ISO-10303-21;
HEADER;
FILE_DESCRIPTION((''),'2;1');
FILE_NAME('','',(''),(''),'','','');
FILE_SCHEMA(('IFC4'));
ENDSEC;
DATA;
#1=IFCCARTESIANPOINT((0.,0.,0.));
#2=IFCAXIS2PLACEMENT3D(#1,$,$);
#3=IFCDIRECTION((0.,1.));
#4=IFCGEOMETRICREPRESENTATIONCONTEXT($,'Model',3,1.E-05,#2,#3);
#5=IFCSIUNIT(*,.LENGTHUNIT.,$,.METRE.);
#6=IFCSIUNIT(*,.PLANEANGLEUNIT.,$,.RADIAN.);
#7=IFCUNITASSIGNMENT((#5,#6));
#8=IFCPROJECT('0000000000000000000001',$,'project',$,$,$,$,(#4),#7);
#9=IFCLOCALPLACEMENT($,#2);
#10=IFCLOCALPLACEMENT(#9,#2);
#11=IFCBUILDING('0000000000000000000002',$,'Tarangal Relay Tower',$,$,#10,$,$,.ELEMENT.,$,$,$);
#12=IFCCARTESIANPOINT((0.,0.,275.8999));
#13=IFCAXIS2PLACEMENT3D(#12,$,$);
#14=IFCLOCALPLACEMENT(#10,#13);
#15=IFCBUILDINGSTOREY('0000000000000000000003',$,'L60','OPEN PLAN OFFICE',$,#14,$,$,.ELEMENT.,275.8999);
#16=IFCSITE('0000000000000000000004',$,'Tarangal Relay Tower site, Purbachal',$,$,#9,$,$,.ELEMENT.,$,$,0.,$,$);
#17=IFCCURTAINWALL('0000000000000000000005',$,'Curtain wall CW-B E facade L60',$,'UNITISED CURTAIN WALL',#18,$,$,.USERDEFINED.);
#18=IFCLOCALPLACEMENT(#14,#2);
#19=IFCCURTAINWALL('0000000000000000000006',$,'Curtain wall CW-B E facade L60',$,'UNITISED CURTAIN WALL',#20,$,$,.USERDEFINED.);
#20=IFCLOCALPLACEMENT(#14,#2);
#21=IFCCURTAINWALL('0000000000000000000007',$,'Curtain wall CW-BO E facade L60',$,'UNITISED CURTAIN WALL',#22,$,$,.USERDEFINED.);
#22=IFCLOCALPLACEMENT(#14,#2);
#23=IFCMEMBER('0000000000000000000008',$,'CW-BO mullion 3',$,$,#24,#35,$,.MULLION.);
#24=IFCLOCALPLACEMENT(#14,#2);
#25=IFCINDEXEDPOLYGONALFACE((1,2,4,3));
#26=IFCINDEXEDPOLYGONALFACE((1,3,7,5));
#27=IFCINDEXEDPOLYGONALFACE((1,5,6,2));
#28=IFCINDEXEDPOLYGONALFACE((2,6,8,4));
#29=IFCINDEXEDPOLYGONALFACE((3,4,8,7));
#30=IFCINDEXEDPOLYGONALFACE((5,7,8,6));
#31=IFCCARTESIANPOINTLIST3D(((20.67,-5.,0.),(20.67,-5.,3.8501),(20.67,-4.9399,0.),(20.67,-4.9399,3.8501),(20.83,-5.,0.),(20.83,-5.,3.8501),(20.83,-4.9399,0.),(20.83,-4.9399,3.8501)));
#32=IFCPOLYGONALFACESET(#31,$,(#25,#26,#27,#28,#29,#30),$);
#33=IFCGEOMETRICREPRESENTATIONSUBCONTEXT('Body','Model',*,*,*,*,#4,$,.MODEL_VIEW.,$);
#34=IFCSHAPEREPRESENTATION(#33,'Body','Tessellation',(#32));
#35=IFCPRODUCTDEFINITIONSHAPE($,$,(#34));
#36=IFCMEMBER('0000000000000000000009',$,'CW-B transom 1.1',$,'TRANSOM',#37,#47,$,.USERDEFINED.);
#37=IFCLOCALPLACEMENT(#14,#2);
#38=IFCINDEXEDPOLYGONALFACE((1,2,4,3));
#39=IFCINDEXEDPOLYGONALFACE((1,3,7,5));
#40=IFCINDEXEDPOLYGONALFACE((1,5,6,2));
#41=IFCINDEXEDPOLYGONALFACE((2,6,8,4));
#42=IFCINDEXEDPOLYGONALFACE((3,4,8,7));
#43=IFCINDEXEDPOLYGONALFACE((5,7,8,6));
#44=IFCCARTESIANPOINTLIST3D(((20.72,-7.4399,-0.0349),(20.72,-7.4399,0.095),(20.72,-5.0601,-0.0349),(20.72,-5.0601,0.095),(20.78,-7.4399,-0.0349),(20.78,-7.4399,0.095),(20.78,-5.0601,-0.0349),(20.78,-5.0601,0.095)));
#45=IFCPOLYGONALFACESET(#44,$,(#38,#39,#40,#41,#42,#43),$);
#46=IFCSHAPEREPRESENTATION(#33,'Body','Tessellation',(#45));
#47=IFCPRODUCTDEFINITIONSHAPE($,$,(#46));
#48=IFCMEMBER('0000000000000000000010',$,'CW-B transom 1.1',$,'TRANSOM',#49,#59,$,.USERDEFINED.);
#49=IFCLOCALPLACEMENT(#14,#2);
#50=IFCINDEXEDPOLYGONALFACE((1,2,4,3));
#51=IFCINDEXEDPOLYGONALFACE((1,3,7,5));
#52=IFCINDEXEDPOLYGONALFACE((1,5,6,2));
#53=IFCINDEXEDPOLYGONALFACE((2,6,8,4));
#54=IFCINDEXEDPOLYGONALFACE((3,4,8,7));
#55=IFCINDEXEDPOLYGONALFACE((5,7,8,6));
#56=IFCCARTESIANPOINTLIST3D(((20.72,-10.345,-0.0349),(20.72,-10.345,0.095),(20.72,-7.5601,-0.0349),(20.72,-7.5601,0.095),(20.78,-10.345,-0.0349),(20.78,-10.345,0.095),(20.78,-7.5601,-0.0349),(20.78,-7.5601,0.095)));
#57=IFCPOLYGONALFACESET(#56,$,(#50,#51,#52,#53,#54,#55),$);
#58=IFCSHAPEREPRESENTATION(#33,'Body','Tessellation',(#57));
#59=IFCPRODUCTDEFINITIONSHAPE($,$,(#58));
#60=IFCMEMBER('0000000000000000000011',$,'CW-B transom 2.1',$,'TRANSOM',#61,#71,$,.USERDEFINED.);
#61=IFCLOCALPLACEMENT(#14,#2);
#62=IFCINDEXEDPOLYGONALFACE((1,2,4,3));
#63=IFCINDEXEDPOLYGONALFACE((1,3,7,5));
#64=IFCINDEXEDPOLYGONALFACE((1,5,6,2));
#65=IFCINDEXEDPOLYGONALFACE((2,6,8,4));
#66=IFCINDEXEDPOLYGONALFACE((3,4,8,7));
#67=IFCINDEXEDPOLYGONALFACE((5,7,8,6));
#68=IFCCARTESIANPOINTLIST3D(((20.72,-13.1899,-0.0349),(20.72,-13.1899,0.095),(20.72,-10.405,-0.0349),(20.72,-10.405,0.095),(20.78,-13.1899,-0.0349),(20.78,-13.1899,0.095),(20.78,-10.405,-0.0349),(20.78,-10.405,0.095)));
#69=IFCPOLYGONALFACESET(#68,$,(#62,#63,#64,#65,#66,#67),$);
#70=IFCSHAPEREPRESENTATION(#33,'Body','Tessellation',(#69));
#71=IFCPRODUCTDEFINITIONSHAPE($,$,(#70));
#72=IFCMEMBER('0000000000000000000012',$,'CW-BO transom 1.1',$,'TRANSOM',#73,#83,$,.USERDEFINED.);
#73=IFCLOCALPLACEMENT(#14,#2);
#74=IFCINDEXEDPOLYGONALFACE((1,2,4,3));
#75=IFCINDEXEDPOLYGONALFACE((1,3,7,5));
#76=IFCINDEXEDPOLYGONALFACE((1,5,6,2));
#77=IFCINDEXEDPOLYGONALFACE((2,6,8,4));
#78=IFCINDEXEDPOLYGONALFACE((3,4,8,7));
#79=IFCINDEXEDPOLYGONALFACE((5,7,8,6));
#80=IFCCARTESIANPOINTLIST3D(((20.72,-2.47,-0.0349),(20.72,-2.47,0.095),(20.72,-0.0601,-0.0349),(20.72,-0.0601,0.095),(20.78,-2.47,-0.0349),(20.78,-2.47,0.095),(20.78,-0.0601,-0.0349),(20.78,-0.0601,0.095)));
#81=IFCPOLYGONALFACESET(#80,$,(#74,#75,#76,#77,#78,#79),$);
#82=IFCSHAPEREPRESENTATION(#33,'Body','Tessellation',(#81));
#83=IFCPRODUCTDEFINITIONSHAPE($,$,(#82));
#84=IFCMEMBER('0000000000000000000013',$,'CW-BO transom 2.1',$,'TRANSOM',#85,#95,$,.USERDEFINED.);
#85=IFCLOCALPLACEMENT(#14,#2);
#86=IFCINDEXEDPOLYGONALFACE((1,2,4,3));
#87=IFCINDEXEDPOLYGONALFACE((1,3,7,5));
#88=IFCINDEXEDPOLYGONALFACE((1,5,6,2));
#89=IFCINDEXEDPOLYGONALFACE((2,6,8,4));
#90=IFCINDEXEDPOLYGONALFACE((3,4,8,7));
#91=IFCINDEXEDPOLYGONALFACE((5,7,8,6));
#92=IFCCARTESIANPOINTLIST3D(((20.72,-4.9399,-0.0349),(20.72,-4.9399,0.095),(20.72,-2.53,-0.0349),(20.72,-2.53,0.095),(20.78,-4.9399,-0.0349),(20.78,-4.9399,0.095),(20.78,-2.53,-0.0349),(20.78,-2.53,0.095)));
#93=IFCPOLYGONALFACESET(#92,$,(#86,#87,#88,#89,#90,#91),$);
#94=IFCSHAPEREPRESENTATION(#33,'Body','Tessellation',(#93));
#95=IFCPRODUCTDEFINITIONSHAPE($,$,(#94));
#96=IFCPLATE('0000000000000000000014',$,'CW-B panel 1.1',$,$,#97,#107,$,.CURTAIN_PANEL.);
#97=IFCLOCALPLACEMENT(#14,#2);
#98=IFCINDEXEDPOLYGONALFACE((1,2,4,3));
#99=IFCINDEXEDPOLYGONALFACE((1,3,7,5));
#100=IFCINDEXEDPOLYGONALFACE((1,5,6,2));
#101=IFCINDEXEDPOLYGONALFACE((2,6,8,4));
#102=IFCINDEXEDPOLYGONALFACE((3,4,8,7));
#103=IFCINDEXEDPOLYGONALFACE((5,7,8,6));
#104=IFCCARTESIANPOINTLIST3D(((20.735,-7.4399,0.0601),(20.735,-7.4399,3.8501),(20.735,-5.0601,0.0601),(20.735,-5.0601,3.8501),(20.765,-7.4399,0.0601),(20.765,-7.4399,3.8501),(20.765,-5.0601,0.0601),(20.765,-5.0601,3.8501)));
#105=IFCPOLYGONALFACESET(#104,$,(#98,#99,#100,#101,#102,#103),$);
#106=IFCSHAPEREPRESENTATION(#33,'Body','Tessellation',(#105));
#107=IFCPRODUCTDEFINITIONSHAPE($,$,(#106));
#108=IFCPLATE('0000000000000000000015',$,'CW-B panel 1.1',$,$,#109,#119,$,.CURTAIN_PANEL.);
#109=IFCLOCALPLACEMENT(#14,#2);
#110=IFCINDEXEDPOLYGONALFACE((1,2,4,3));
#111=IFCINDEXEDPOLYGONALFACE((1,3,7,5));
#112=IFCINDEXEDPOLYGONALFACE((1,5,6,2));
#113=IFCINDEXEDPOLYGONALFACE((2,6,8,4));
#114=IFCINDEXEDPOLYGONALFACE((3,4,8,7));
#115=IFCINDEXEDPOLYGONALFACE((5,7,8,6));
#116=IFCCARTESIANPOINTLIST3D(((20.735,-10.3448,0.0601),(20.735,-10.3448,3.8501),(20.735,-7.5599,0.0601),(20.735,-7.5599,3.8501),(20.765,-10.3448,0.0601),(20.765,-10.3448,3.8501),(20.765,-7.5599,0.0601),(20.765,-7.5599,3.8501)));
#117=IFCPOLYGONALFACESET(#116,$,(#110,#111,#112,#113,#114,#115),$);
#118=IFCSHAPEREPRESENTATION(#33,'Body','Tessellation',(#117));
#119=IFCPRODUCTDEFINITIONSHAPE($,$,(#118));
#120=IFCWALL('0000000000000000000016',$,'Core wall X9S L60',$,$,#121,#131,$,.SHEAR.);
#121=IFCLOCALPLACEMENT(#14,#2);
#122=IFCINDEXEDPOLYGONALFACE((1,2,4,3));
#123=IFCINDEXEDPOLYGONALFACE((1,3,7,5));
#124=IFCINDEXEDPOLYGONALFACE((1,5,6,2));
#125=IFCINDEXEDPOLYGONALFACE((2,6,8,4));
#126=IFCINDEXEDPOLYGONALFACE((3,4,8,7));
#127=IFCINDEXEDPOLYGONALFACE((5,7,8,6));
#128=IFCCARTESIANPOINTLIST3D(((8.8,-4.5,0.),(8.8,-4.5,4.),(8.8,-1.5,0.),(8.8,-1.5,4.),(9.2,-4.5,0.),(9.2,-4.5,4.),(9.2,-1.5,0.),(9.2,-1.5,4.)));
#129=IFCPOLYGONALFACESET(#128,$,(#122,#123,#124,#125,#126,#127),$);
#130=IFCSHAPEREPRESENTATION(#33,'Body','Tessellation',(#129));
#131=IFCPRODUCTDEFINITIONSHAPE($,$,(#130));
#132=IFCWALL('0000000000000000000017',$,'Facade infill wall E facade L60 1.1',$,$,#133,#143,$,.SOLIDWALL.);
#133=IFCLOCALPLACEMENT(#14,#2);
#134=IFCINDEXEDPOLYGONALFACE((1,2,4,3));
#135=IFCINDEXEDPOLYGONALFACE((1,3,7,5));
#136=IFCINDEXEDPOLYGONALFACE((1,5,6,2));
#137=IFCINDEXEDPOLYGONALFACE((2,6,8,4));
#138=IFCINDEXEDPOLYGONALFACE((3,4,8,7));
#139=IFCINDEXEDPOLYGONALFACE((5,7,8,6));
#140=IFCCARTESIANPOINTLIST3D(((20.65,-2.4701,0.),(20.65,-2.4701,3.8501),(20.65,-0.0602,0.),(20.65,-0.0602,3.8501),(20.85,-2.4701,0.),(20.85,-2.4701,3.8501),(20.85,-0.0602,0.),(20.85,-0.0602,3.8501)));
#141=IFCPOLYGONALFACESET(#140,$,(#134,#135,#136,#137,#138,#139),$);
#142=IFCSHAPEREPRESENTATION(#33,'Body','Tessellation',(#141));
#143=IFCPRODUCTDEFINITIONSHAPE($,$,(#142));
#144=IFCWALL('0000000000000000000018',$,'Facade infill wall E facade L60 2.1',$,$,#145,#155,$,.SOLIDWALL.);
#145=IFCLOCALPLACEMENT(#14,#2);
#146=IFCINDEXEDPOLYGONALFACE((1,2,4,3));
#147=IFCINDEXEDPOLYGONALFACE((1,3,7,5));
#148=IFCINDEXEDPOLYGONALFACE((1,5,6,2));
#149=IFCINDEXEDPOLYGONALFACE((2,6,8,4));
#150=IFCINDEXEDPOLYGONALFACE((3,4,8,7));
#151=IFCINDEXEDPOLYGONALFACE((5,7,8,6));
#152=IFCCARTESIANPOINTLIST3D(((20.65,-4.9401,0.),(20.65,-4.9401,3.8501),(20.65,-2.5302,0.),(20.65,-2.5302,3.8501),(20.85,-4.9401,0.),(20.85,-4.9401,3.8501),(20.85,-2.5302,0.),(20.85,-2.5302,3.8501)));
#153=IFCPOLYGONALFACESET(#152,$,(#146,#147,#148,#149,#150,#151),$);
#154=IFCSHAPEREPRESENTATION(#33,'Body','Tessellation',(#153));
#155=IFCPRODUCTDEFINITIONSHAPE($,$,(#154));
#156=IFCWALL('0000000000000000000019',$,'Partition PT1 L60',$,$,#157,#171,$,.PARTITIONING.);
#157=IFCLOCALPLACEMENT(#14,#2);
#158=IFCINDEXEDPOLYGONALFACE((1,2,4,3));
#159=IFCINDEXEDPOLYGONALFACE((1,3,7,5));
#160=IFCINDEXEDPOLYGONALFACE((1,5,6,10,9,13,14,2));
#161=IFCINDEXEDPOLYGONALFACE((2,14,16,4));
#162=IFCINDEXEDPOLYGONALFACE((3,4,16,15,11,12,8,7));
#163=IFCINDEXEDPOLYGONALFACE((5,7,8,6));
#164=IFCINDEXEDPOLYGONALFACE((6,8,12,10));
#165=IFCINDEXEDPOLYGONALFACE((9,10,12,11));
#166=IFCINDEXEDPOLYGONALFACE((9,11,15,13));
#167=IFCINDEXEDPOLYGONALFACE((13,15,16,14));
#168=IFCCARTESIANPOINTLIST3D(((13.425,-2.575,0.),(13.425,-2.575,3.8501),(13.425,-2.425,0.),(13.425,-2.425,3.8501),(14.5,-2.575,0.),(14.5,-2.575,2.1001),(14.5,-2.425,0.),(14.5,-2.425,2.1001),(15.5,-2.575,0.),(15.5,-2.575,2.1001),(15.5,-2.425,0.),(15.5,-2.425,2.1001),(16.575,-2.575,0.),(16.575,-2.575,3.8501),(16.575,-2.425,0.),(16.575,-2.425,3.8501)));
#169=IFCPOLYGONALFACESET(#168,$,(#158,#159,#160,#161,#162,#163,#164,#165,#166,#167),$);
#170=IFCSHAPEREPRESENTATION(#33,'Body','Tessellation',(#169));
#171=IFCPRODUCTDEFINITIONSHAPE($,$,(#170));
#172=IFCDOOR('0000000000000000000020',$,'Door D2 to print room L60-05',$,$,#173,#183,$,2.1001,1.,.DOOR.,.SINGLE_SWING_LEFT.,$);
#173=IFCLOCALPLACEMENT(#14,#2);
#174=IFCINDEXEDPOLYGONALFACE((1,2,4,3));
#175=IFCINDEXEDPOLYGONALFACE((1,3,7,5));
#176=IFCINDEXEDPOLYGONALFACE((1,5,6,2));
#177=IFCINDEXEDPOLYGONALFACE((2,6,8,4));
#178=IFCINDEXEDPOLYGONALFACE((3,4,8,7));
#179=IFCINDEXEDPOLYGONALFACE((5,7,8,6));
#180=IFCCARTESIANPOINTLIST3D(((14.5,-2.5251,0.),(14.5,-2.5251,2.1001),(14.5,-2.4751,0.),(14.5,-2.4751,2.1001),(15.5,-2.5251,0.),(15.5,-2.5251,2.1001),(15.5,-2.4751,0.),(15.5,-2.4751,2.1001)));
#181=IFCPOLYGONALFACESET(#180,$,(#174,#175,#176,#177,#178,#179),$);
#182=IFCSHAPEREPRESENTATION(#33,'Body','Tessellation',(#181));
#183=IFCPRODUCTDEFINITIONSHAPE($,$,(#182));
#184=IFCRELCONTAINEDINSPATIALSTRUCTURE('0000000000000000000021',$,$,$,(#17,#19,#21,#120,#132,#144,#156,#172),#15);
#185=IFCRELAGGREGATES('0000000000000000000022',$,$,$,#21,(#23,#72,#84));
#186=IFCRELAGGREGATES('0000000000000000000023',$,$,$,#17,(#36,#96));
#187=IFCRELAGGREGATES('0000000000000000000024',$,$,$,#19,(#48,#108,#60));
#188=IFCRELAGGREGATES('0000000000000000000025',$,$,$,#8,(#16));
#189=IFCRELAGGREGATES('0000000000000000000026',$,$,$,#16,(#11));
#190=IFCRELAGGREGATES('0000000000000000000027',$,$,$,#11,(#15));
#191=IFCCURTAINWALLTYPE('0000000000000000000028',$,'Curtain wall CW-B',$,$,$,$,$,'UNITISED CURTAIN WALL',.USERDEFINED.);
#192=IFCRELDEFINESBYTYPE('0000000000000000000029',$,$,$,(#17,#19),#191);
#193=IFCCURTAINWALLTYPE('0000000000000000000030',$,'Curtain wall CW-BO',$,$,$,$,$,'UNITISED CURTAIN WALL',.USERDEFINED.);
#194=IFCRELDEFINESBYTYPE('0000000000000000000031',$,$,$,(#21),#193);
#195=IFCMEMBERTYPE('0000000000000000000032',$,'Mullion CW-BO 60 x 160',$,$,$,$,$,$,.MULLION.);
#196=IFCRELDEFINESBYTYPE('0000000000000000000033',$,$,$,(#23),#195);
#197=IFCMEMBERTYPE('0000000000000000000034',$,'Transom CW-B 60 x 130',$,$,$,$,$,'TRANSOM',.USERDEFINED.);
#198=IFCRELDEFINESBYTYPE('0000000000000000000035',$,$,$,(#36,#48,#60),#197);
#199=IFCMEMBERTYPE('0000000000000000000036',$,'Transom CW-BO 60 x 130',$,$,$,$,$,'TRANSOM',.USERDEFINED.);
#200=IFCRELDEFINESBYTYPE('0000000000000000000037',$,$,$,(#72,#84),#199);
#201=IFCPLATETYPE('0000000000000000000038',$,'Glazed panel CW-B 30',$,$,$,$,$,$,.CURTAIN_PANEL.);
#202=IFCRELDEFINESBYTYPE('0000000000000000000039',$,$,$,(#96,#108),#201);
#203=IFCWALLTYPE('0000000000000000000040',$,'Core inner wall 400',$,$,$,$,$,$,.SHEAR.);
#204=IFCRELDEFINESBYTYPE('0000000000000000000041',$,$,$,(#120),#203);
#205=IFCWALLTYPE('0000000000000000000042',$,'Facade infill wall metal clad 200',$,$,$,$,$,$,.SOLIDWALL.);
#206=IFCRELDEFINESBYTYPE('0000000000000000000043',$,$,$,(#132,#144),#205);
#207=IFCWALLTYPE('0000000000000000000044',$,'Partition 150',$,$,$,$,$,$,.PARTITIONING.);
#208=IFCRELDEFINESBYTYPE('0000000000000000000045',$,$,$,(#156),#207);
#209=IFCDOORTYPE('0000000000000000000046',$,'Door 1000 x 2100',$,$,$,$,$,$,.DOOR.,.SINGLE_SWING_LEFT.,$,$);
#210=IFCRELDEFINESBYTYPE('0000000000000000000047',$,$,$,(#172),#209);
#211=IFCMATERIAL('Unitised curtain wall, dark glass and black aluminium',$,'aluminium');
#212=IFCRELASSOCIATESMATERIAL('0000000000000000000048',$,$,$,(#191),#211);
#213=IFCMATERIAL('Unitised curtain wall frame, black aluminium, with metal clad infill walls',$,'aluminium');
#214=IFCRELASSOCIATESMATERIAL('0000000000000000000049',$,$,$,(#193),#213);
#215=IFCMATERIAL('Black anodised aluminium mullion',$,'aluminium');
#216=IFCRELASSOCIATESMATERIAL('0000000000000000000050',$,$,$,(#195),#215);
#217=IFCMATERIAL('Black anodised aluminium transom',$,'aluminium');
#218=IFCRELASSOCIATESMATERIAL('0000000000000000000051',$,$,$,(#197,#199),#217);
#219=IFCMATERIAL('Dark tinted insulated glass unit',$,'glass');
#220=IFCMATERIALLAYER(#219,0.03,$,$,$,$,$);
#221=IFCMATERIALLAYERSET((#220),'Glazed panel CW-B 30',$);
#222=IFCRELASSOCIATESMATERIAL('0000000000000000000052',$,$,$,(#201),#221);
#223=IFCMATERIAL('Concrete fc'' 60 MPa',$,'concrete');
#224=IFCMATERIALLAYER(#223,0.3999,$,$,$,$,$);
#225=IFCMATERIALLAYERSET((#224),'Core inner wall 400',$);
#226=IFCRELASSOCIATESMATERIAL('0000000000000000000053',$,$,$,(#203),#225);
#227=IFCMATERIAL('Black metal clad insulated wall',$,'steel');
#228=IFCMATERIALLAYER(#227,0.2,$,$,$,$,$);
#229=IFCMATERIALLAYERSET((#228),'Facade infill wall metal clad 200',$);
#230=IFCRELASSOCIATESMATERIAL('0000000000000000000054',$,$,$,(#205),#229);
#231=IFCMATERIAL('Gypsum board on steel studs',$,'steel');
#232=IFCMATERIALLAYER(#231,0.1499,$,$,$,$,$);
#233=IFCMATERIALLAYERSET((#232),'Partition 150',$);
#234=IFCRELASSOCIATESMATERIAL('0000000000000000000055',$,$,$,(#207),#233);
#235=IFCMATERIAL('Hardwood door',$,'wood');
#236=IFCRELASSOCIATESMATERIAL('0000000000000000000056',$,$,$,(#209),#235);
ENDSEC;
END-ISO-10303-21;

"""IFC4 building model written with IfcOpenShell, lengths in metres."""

from ifc_helpers import new_model, si_unit, direction, frame, frame_2d, origin, origin_2d, place, context, subcontext, project, spatial, rectangle, extrude, material, layer, layer_set, material_profile, profile_set, type_object, element, fill, aggregate, save


model = new_model("IFC4")

# Units and contexts
model_context = context("Model", 3, precision=1e-05, world=origin(), true_north=direction((0.0, 1.0)))
body_context = subcontext(model_context, "Body", "Model", "MODEL_VIEW")
ifc_project = project(units=[si_unit("LENGTHUNIT", "METRE"), si_unit("PLANEANGLEUNIT", "RADIAN")], contexts=[model_context])

# Site, building, storey
site_placement = place(None, origin())
site = spatial("IfcSite", under=ifc_project, at=site_placement, Name="Tarangal Relay Tower site, Purbachal", CompositionType="ELEMENT", RefElevation=0.0)
building_placement = place(site_placement, origin())
building = spatial("IfcBuilding", under=site, at=building_placement, Name="Tarangal Relay Tower", CompositionType="ELEMENT")
storey_placement = place(building_placement, frame((0.0, 0.0, 275.8999)))
storey = spatial("IfcBuildingStorey", under=building, at=storey_placement, Name="L60", Description="OPEN PLAN OFFICE", CompositionType="ELEMENT", Elevation=275.8999)

# Curtain walls, member
ifc_material_1 = material(Name="Unitised curtain wall, dark glass and black aluminium", Category="aluminium")
curtain_wall_type_1 = type_object("IfcCurtainWallType", Name="Curtain wall CW-B", ElementType="UNITISED CURTAIN WALL", PredefinedType="USERDEFINED", material=ifc_material_1)
curtain_wall_1_placement = place(storey_placement, origin())
curtain_wall_1 = element("IfcCurtainWall", 1, at=curtain_wall_1_placement, inside=storey, type_object=curtain_wall_type_1, Name="Curtain wall CW-B E facade L60", ObjectType="UNITISED CURTAIN WALL", PredefinedType="USERDEFINED")
ifc_material_2 = material(Name="Black anodised aluminium mullion", Category="aluminium")
curtain_wall_2_placement = place(storey_placement, origin())
curtain_wall_2 = element("IfcCurtainWall", 2, at=curtain_wall_2_placement, inside=storey, type_object=curtain_wall_type_1, Name="Curtain wall CW-B E facade L60", ObjectType="UNITISED CURTAIN WALL", PredefinedType="USERDEFINED")
ifc_material_3 = material(Name="Unitised curtain wall frame, black aluminium, with metal clad infill walls", Category="aluminium")
curtain_wall_type_2 = type_object("IfcCurtainWallType", Name="Curtain wall CW-BO", ElementType="UNITISED CURTAIN WALL", PredefinedType="USERDEFINED", material=ifc_material_3)
curtain_wall_3_placement = place(storey_placement, origin())
curtain_wall_3 = element("IfcCurtainWall", 3, at=curtain_wall_3_placement, inside=storey, type_object=curtain_wall_type_2, Name="Curtain wall CW-BO E facade L60", ObjectType="UNITISED CURTAIN WALL", PredefinedType="USERDEFINED")
ifc_material_profile_1 = material_profile(ifc_material_2, rectangle(XDim=0.1599, YDim=0.0601, at=origin_2d()), Name="CW-BOM 60X160")
ifc_profile_set_1 = profile_set([ifc_material_profile_1], Name="Black anodised aluminium mullion")
member_type_1 = type_object("IfcMemberType", Name="Mullion CW-BO 60 x 160", PredefinedType="MULLION", material=ifc_profile_set_1)
member_1_placement = place(storey_placement, frame((20.75, -4.97, 0.0), z_axis=(0.0, 0.0, 1.0), x_axis=(1.0, 0.0, 0.0)))
member_1 = element("IfcMember", 4, at=member_1_placement, type_object=member_type_1, Name="CW-BO mullion 3", PredefinedType="MULLION", context=body_context, shape_type="SweptSolid", body=[
    extrude(rectangle(XDim=0.1599, YDim=0.0601, at=origin_2d()), origin(), (0.0, 0.0, 1.0), 3.8501),
])

# Members
ifc_material_4 = material(Name="Black anodised aluminium transom", Category="aluminium")
ifc_material_profile_2 = material_profile(ifc_material_4, rectangle(XDim=0.0601, YDim=0.1299, at=origin_2d()), Name="CW-BT 60X130")
ifc_profile_set_2 = profile_set([ifc_material_profile_2], Name="Black anodised aluminium transom")
member_type_2 = type_object("IfcMemberType", Name="Transom CW-B 60 x 130", ElementType="TRANSOM", PredefinedType="USERDEFINED", material=ifc_profile_set_2)
member_2_placement = place(storey_placement, frame((20.75, -5.0601, 0.03), z_axis=(0.0, -1.0, 0.0), x_axis=(1.0, 0.0, 0.0)))
member_2 = element("IfcMember", 5, at=member_2_placement, type_object=member_type_2, Name="CW-B transom 1.1", ObjectType="TRANSOM", PredefinedType="USERDEFINED", context=body_context, shape_type="SweptSolid", body=[
    extrude(rectangle(XDim=0.0601, YDim=0.1299, at=origin_2d()), origin(), (0.0, 0.0, 1.0), 2.3799),
])
member_3_placement = place(storey_placement, frame((20.75, -7.5601, 0.03), z_axis=(0.0, -1.0, 0.0), x_axis=(1.0, 0.0, 0.0)))
member_3 = element("IfcMember", 6, at=member_3_placement, type_object=member_type_2, Name="CW-B transom 1.1", ObjectType="TRANSOM", PredefinedType="USERDEFINED", context=body_context, shape_type="SweptSolid", body=[
    extrude(rectangle(XDim=0.0601, YDim=0.1299, at=origin_2d()), origin(), (0.0, 0.0, 1.0), 2.7849),
])
member_4_placement = place(storey_placement, frame((20.75, -10.405, 0.03), z_axis=(0.0, -1.0, 0.0), x_axis=(1.0, 0.0, 0.0)))
member_4 = element("IfcMember", 7, at=member_4_placement, type_object=member_type_2, Name="CW-B transom 2.1", ObjectType="TRANSOM", PredefinedType="USERDEFINED", context=body_context, shape_type="SweptSolid", body=[
    extrude(rectangle(XDim=0.0601, YDim=0.1299, at=origin_2d()), origin(), (0.0, 0.0, 1.0), 2.7849),
])
ifc_material_profile_3 = material_profile(ifc_material_4, rectangle(XDim=0.0601, YDim=0.1299, at=origin_2d()), Name="CW-BOT 60X130")
ifc_profile_set_3 = profile_set([ifc_material_profile_3], Name="Black anodised aluminium transom")
member_type_3 = type_object("IfcMemberType", Name="Transom CW-BO 60 x 130", ElementType="TRANSOM", PredefinedType="USERDEFINED", material=ifc_profile_set_3)
member_5_placement = place(storey_placement, frame((20.75, -0.0601, 0.03), z_axis=(0.0, -1.0, 0.0), x_axis=(1.0, 0.0, 0.0)))
member_5 = element("IfcMember", 8, at=member_5_placement, type_object=member_type_3, Name="CW-BO transom 1.1", ObjectType="TRANSOM", PredefinedType="USERDEFINED", context=body_context, shape_type="SweptSolid", body=[
    extrude(rectangle(XDim=0.0601, YDim=0.1299, at=origin_2d()), origin(), (0.0, 0.0, 1.0), 2.4099),
])
member_6_placement = place(storey_placement, frame((20.75, -2.53, 0.03), z_axis=(0.0, -1.0, 0.0), x_axis=(1.0, 0.0, 0.0)))
member_6 = element("IfcMember", 9, at=member_6_placement, type_object=member_type_3, Name="CW-BO transom 2.1", ObjectType="TRANSOM", PredefinedType="USERDEFINED", context=body_context, shape_type="SweptSolid", body=[
    extrude(rectangle(XDim=0.0601, YDim=0.1299, at=origin_2d()), origin(), (0.0, 0.0, 1.0), 2.4099),
])
aggregate(curtain_wall_3, [member_1, member_5, member_6])

# Plates
ifc_material_5 = material(Name="Dark tinted insulated glass unit", Category="glass")
ifc_layer_1 = layer(ifc_material_5, 0.03)
ifc_layer_set_1 = layer_set([ifc_layer_1], Name="Glazed panel CW-B 30")
plate_type = type_object("IfcPlateType", Name="Glazed panel CW-B 30", PredefinedType="CURTAIN_PANEL", material=ifc_layer_set_1)
plate_1_placement = place(storey_placement, frame((20.75, -6.25, 0.0601), z_axis=(0.0, 0.0, 1.0), x_axis=(0.0, -1.0, 0.0)))
plate_1 = element("IfcPlate", 10, at=plate_1_placement, type_object=plate_type, Name="CW-B panel 1.1", PredefinedType="CURTAIN_PANEL", context=body_context, shape_type="SweptSolid", body=[
    extrude(rectangle(XDim=2.3799, YDim=0.03, at=origin_2d()), origin(), (0.0, 0.0, 1.0), 3.79),
])
aggregate(curtain_wall_1, [member_2, plate_1])
plate_2_placement = place(storey_placement, frame((20.75, -8.9524, 0.0601), z_axis=(0.0, 0.0, 1.0), x_axis=(0.0, -1.0, 0.0)))
plate_2 = element("IfcPlate", 11, at=plate_2_placement, type_object=plate_type, Name="CW-B panel 1.1", PredefinedType="CURTAIN_PANEL", context=body_context, shape_type="SweptSolid", body=[
    extrude(rectangle(XDim=2.7849, YDim=0.03, at=origin_2d()), origin(), (0.0, 0.0, 1.0), 3.79),
])
aggregate(curtain_wall_2, [member_3, plate_2, member_4])

# Walls
ifc_material_6 = material(Name="Concrete fc' 60 MPa", Category="concrete")
ifc_layer_2 = layer(ifc_material_6, 0.3999)
ifc_layer_set_2 = layer_set([ifc_layer_2], Name="Core inner wall 400")
wall_type_1 = type_object("IfcWallType", Name="Core inner wall 400", PredefinedType="SHEAR", material=ifc_layer_set_2)
wall_1_placement = place(storey_placement, frame((9.0, -4.5, 0.0), z_axis=(0.0, 0.0, 1.0), x_axis=(0.0, 1.0, 0.0)))
element("IfcWall", 12, at=wall_1_placement, inside=storey, type_object=wall_type_1, Name="Core wall X9S L60", PredefinedType="SHEAR", context=body_context, shape_type="SweptSolid", body=[
    extrude(rectangle(XDim=3.0, YDim=0.3999, at=frame_2d((1.5, 0.0))), origin(), (0.0, 0.0, 1.0), 4.0),
])
ifc_material_7 = material(Name="Black metal clad insulated wall", Category="steel")
ifc_layer_3 = layer(ifc_material_7, 0.2)
ifc_layer_set_3 = layer_set([ifc_layer_3], Name="Facade infill wall metal clad 200")
wall_type_2 = type_object("IfcWallType", Name="Facade infill wall metal clad 200", PredefinedType="SOLIDWALL", material=ifc_layer_set_3)
for number, where, z_axis, x_axis, name in (
    (13, (20.75, -0.0601, 0.0), (0.0, 0.0, 1.0), (0.0, -1.0, 0.0), "Facade infill wall E facade L60 1.1"),
    (14, (20.75, -2.53, 0.0), (0.0, 0.0, 1.0), (0.0, -1.0, 0.0), "Facade infill wall E facade L60 2.1"),
):
    element("IfcWall", number, at=place(storey_placement, frame(where, z_axis=z_axis, x_axis=x_axis)), inside=storey, type_object=wall_type_2, Name=name, PredefinedType="SOLIDWALL", context=body_context, shape_type="SweptSolid", body=[
        extrude(rectangle(XDim=2.4099, YDim=0.2, at=frame_2d((1.2051, 0.0))), origin(), (0.0, 0.0, 1.0), 3.8501),
    ])

# Wall, opening, door
ifc_material_8 = material(Name="Gypsum board on steel studs", Category="steel")
ifc_layer_4 = layer(ifc_material_8, 0.1499)
ifc_layer_set_4 = layer_set([ifc_layer_4], Name="Partition 150")
wall_type_3 = type_object("IfcWallType", Name="Partition 150", PredefinedType="PARTITIONING", material=ifc_layer_set_4)
wall_2_placement = place(storey_placement, frame((13.425, -2.5, 0.0), z_axis=(0.0, 0.0, 1.0), x_axis=(1.0, 0.0, 0.0)))
wall_2 = element("IfcWall", 15, at=wall_2_placement, inside=storey, type_object=wall_type_3, Name="Partition PT1 L60", PredefinedType="PARTITIONING", context=body_context, shape_type="SweptSolid", body=[
    extrude(rectangle(XDim=3.1499, YDim=0.1499, at=frame_2d((1.575, 0.0))), origin(), (0.0, 0.0, 1.0), 3.8501),
])
opening_1_placement = place(wall_2_placement, frame((1.075, 0.0, 0.0)))
opening_1 = element("IfcOpeningElement", 16, at=opening_1_placement, cuts=wall_2, PredefinedType="OPENING", context=body_context, shape_type="SweptSolid", body=[
    extrude(rectangle(XDim=1.0, YDim=2.1001, at=frame_2d((0.5, 1.05))), frame((0.0, 0.085, 0.0), z_axis=(0.0, -1.0, 0.0), x_axis=(1.0, 0.0, 0.0)), (0.0, 0.0, 1.0), 0.1699),
])
ifc_material_9 = material(Name="Hardwood door", Category="wood")
door_type_1 = type_object("IfcDoorType", Name="Door 1000 x 2100", OperationType="SINGLE_SWING_LEFT", PredefinedType="DOOR", material=ifc_material_9)
door_1_placement = place(opening_1_placement, origin())
door_1 = element("IfcDoor", 17, at=door_1_placement, inside=storey, type_object=door_type_1, Name="Door D2 to print room L60-05", OperationType="SINGLE_SWING_LEFT", OverallHeight=2.1001, OverallWidth=1.0, PredefinedType="DOOR", context=body_context, shape_type="SweptSolid", body=[
    extrude(rectangle(XDim=1.0, YDim=2.1001, at=frame_2d((0.5, 1.05))), frame((0.0, 0.0249, 0.0), z_axis=(0.0, -1.0, 0.0), x_axis=(1.0, 0.0, 0.0)), (0.0, 0.0, 1.0), 0.05),
])
fill(opening_1, door_1)

save(model, "model.ifc")
